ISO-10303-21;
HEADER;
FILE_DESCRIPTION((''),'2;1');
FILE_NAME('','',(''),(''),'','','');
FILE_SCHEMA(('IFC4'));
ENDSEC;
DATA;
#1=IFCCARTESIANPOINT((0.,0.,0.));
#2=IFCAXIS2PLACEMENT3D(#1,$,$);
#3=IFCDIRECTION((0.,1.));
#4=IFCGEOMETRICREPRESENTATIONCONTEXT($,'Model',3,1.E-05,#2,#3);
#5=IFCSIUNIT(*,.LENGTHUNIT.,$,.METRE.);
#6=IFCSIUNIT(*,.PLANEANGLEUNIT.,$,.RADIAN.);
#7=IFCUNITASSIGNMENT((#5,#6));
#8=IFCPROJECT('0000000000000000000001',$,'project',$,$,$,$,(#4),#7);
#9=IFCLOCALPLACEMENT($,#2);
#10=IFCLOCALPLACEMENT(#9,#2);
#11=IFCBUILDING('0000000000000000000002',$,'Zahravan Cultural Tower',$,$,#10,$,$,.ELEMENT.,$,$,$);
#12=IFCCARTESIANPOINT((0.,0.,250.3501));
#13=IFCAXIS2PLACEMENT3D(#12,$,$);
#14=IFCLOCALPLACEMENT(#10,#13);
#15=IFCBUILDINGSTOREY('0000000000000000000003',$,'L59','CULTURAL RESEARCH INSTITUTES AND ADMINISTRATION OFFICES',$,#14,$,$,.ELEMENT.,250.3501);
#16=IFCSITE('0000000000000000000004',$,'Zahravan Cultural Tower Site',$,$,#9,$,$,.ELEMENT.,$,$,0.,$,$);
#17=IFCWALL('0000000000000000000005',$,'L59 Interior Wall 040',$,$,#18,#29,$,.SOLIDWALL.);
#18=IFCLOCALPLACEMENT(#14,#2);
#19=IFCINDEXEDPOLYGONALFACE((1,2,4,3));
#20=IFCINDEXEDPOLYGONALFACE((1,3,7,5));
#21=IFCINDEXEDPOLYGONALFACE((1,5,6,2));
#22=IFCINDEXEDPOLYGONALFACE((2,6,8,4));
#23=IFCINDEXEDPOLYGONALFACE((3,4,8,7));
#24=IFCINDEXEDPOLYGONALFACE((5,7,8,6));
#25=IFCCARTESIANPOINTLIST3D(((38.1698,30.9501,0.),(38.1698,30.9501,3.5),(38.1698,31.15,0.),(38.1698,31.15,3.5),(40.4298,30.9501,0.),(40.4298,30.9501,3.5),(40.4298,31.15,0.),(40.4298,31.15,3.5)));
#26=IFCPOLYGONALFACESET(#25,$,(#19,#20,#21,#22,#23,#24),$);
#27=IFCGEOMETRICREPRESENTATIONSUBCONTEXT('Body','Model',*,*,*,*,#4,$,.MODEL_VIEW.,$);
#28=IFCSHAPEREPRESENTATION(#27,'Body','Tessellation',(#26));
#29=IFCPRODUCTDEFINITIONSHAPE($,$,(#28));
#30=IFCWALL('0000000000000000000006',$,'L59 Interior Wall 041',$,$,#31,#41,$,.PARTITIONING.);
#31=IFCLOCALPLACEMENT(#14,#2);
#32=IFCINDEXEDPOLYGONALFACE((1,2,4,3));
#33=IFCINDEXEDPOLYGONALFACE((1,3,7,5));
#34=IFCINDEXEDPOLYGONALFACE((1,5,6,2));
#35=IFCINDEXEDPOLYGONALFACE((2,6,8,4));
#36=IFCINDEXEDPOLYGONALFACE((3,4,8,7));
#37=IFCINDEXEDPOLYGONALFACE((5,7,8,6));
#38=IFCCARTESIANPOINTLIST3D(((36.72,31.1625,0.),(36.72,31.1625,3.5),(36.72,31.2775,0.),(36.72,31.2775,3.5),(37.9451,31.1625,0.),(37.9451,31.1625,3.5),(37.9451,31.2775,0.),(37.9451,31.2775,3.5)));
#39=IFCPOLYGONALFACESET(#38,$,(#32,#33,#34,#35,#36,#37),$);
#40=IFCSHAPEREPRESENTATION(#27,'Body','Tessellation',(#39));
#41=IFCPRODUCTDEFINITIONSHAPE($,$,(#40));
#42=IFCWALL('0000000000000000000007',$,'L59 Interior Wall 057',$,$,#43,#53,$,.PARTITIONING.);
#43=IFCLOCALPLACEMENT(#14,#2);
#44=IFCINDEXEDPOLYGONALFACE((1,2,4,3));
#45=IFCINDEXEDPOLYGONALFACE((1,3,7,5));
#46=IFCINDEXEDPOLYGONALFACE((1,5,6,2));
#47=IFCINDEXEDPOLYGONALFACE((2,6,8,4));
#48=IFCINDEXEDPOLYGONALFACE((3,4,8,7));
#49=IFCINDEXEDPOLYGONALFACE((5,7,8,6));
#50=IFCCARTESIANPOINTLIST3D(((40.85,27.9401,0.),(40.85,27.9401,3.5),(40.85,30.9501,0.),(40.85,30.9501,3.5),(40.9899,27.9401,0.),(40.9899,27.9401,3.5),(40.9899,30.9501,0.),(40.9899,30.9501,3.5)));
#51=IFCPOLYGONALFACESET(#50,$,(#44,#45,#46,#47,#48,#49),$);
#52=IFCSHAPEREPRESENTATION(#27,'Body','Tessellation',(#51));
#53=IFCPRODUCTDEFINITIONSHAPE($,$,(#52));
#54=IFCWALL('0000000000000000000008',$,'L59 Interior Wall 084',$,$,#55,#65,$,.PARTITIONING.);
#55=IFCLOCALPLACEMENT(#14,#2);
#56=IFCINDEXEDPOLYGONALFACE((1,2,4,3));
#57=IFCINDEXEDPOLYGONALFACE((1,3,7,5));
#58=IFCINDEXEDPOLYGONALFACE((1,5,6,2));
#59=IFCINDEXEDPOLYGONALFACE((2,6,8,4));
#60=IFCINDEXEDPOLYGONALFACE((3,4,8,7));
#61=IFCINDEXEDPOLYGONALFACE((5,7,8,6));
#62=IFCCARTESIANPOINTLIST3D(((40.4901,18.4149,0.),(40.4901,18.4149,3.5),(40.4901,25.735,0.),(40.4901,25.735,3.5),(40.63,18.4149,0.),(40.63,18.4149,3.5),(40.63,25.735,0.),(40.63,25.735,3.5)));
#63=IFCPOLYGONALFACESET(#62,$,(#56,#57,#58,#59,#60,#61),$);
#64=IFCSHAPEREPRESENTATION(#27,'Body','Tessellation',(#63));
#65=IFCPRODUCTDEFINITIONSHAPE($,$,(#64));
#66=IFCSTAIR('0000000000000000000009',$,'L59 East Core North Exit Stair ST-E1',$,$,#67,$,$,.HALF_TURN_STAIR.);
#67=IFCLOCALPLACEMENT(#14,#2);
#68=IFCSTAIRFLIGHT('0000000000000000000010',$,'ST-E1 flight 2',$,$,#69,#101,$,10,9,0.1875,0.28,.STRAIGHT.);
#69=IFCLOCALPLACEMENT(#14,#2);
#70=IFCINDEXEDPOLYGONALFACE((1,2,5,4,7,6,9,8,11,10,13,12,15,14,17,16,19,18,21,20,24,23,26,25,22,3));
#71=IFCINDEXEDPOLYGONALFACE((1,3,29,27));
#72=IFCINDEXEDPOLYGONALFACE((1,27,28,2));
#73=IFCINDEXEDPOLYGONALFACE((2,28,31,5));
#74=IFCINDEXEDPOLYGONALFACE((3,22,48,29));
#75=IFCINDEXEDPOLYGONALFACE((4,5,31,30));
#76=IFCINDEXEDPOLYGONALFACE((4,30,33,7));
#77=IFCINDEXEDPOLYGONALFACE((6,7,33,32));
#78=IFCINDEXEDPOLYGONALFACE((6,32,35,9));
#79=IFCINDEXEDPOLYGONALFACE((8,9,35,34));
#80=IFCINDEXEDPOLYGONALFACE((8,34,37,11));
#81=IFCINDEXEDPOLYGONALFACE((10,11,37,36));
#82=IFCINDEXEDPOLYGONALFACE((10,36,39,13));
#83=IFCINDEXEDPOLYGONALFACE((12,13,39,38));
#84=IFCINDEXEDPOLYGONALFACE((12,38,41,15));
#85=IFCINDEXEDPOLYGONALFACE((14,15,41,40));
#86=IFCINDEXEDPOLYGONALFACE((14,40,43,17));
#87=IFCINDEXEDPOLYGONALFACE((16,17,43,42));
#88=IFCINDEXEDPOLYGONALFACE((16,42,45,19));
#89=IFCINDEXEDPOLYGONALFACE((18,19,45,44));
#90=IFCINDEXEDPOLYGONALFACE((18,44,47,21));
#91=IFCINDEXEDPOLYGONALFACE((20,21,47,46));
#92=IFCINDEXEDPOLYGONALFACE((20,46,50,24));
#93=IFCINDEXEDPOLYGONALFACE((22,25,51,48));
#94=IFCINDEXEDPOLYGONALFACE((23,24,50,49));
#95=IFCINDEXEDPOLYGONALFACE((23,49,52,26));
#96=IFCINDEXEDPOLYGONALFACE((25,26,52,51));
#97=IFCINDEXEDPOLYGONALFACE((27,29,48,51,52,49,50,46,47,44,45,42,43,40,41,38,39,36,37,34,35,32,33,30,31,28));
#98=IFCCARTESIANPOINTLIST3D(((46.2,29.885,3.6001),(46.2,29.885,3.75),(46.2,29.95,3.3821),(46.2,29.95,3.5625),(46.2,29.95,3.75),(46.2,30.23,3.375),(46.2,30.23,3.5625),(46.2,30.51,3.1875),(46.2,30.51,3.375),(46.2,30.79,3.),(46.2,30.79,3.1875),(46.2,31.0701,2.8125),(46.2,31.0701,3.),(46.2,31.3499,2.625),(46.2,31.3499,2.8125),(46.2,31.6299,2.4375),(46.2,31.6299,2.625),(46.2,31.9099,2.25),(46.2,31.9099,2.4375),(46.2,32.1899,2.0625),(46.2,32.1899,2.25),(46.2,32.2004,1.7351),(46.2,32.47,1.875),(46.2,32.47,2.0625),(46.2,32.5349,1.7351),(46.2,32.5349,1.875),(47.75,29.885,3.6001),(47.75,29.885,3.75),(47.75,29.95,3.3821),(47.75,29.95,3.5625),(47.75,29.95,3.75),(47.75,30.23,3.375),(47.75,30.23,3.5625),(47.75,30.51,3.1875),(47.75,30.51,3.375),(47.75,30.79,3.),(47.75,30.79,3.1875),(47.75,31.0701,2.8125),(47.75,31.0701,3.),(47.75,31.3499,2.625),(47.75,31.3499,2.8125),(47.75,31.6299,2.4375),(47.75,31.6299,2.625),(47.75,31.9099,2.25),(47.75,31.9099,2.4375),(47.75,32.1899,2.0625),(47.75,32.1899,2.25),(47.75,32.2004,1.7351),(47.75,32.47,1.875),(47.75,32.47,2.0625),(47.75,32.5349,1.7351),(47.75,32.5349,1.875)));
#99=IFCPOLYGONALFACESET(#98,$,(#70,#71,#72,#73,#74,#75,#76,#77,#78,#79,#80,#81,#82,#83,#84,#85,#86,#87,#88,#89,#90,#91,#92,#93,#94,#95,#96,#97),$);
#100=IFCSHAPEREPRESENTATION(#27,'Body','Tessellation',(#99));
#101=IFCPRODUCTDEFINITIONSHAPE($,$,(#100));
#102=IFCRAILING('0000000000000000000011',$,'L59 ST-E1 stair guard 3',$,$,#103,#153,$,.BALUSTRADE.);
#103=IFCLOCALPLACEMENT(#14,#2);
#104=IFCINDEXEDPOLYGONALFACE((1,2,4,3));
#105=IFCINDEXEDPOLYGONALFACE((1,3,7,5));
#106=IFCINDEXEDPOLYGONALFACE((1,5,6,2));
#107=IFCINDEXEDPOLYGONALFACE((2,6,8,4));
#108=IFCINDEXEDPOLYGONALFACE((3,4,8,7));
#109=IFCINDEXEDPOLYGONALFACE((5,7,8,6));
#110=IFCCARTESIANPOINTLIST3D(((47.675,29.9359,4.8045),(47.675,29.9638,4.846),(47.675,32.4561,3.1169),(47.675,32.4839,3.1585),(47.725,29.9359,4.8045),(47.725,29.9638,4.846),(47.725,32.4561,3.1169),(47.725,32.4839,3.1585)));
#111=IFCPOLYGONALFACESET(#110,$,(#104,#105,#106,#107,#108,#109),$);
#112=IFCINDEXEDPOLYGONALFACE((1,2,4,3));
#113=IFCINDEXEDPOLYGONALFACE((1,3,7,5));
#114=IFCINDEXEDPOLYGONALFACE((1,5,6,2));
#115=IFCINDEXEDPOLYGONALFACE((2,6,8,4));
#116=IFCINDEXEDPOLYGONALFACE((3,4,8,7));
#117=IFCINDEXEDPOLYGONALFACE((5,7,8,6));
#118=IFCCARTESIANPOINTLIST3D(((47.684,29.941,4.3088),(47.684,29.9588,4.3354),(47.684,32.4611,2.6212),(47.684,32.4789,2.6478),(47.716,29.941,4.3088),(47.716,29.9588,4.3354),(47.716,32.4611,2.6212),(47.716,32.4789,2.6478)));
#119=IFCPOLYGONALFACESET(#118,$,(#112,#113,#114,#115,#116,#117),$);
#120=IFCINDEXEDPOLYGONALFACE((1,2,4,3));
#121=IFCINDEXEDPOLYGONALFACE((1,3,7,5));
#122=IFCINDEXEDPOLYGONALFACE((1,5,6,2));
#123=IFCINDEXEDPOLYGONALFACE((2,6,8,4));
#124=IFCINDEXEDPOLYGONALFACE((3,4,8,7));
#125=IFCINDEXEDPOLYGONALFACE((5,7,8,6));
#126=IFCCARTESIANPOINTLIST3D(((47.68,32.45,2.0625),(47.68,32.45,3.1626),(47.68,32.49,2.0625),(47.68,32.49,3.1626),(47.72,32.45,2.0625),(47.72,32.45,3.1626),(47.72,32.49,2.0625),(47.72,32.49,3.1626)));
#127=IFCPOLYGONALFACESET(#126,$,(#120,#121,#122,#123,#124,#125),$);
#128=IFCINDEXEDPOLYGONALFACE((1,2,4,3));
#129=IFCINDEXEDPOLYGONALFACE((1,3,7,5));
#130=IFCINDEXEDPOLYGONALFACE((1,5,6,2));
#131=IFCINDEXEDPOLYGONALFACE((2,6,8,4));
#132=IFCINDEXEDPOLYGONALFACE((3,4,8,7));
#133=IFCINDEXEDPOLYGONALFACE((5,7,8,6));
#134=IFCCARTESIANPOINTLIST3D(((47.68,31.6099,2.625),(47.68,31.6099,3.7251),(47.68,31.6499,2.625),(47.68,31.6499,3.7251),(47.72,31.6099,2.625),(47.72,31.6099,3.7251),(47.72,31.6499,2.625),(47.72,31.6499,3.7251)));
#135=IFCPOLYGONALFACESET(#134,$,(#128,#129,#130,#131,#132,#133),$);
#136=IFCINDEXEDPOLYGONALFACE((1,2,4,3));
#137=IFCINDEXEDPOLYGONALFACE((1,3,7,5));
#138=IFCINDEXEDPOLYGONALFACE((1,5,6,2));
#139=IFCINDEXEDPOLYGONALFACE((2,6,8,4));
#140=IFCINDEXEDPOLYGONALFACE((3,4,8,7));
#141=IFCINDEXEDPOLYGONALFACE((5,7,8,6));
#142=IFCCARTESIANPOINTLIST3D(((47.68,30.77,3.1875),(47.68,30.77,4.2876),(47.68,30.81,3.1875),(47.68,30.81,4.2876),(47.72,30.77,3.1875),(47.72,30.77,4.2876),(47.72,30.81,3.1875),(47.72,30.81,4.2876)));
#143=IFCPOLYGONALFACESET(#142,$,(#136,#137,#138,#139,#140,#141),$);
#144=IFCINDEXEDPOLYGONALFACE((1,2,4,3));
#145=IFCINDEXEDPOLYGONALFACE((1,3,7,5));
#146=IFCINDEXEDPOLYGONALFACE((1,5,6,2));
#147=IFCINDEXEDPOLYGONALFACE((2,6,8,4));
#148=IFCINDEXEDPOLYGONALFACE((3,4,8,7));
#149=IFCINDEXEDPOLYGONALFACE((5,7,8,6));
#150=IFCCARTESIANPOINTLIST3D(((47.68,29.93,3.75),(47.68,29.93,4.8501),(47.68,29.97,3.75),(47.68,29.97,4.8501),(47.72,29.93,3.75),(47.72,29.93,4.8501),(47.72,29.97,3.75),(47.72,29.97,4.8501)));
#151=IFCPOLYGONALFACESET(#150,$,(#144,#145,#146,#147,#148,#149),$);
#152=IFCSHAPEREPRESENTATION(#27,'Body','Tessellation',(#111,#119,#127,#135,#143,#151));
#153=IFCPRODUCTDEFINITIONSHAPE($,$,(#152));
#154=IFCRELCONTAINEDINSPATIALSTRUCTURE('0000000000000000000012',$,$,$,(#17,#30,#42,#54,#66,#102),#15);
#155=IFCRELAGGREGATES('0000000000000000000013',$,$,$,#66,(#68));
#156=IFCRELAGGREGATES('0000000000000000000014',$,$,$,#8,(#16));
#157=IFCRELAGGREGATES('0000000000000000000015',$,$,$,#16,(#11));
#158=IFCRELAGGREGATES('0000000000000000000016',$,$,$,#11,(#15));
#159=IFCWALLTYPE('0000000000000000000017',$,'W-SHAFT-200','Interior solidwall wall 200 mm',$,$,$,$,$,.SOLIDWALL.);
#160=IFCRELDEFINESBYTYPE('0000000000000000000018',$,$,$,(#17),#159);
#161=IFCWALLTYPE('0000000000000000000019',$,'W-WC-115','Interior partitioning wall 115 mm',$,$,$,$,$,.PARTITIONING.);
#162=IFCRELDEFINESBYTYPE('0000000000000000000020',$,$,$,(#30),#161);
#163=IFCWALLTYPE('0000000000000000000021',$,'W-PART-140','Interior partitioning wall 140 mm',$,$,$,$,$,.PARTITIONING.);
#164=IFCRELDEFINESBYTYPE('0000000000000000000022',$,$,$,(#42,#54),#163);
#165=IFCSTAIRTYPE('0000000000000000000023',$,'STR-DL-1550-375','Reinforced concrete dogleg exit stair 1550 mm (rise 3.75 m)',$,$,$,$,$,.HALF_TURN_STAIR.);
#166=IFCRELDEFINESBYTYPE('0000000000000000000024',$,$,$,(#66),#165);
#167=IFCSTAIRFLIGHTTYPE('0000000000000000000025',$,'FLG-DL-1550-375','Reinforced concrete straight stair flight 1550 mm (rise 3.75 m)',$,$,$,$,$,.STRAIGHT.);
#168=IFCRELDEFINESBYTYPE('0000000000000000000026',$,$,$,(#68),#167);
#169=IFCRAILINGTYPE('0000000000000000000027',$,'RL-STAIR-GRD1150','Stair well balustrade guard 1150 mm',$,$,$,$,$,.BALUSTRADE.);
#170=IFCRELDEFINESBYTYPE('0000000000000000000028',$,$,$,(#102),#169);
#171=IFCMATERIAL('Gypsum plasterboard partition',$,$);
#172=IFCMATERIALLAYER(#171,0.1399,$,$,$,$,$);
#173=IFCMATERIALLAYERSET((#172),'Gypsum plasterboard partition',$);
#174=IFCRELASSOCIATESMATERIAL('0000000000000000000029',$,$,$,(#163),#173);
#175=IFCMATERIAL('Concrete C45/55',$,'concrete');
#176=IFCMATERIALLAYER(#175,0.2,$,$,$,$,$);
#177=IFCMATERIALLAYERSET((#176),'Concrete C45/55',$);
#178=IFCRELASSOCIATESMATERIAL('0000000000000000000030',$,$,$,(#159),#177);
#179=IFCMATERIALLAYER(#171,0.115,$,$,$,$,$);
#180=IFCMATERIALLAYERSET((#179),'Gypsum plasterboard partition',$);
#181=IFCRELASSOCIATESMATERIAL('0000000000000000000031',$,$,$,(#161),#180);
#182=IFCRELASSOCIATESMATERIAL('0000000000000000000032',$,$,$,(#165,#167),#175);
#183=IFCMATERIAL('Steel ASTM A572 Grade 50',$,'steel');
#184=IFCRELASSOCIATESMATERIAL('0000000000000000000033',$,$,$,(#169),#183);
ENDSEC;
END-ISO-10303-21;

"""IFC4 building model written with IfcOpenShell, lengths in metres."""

from ifc_helpers import new_model, si_unit, direction, frame, frame_2d, origin, origin_2d, place, context, subcontext, project, spatial, polyline, rectangle, outline, extrude, source, transform, mapped, material, layer, layer_set, type_object, element, aggregate, save


model = new_model("IFC4")

# Units and contexts
model_context = context("Model", 3, precision=1e-05, world=origin(), true_north=direction((0.0, 1.0)))
body_context = subcontext(model_context, "Body", "Model", "MODEL_VIEW")
ifc_project = project(units=[si_unit("LENGTHUNIT", "METRE"), si_unit("PLANEANGLEUNIT", "RADIAN")], contexts=[model_context])

# Site, building, storey
site_placement = place(None, origin())
site = spatial("IfcSite", under=ifc_project, at=site_placement, Name="Zahravan Cultural Tower Site", CompositionType="ELEMENT", RefElevation=0.0)
building_placement = place(site_placement, origin())
building = spatial("IfcBuilding", under=site, at=building_placement, Name="Zahravan Cultural Tower", CompositionType="ELEMENT")
storey_placement = place(building_placement, frame((0.0, 0.0, 250.3501)))
storey = spatial("IfcBuildingStorey", under=building, at=storey_placement, Name="L59", Description="CULTURAL RESEARCH INSTITUTES AND ADMINISTRATION OFFICES", CompositionType="ELEMENT", Elevation=250.3501)

# Shared definitions
ifc_material_1 = material(Name="Steel ASTM A572 Grade 50", Category="steel")
ifc_material_2 = material(Name="Gypsum plasterboard partition")
ifc_layer_1 = layer(ifc_material_2, 0.1399)
ifc_layer_set_1 = layer_set([ifc_layer_1], Name="Gypsum plasterboard partition")
wall_type_1 = type_object("IfcWallType", Name="W-PART-140", Description="Interior partitioning wall 140 mm", PredefinedType="PARTITIONING", material=ifc_layer_set_1)
ifc_material_3 = material(Name="Concrete C45/55", Category="concrete")
ifc_layer_2 = layer(ifc_material_3, 0.2)
ifc_layer_set_2 = layer_set([ifc_layer_2], Name="Concrete C45/55")
wall_type_2 = type_object("IfcWallType", Name="W-SHAFT-200", Description="Interior solidwall wall 200 mm", PredefinedType="SOLIDWALL", material=ifc_layer_set_2)

# Walls
shared_shape_1 = source(origin(), body_context, "Body", "SweptSolid", [
    extrude(rectangle(XDim=2.26, YDim=0.2, at=frame_2d((1.1299, 0.0))), origin(), (0.0, 0.0, 1.0), 3.5),
])
wall_1_placement = place(storey_placement, frame((38.1699, 31.05, 0.0), z_axis=(0.0, 0.0, 1.0), x_axis=(1.0, 0.0, 0.0)))
element("IfcWall", 1, at=wall_1_placement, inside=storey, type_object=wall_type_2, Name="L59 Interior Wall 040", PredefinedType="SOLIDWALL", context=body_context, shape_type="MappedRepresentation", body=[
    mapped(shared_shape_1, transform((0.0, 0.0, 0.0), x_axis=(1.0, 0.0, 0.0), y_axis=(0.0, 1.0, 0.0), z_axis=(0.0, 0.0, 1.0), scale=1.0)),
])
ifc_layer_3 = layer(ifc_material_2, 0.115)
ifc_layer_set_3 = layer_set([ifc_layer_3], Name="Gypsum plasterboard partition")
wall_type_3 = type_object("IfcWallType", Name="W-WC-115", Description="Interior partitioning wall 115 mm", PredefinedType="PARTITIONING", material=ifc_layer_set_3)
shared_shape_2 = source(origin(), body_context, "Body", "SweptSolid", [
    extrude(rectangle(XDim=1.2251, YDim=0.115, at=frame_2d((0.6125, 0.0))), origin(), (0.0, 0.0, 1.0), 3.5),
])
wall_2_placement = place(storey_placement, frame((37.9451, 31.22, 0.0), z_axis=(0.0, 0.0, 1.0), x_axis=(-1.0, 0.0, 0.0)))
element("IfcWall", 2, at=wall_2_placement, inside=storey, type_object=wall_type_3, Name="L59 Interior Wall 041", PredefinedType="PARTITIONING", context=body_context, shape_type="MappedRepresentation", body=[
    mapped(shared_shape_2, transform((0.0, 0.0, 0.0), x_axis=(1.0, 0.0, 0.0), y_axis=(0.0, 1.0, 0.0), z_axis=(0.0, 0.0, 1.0), scale=1.0)),
])
shared_shape_3 = source(origin(), body_context, "Body", "SweptSolid", [
    extrude(rectangle(XDim=3.01, YDim=0.1399, at=frame_2d((1.5049, 0.0))), origin(), (0.0, 0.0, 1.0), 3.5),
])
wall_3_placement = place(storey_placement, frame((40.9199, 30.95, 0.0), z_axis=(0.0, 0.0, 1.0), x_axis=(0.0, -1.0, 0.0)))
element("IfcWall", 3, at=wall_3_placement, inside=storey, type_object=wall_type_1, Name="L59 Interior Wall 057", PredefinedType="PARTITIONING", context=body_context, shape_type="MappedRepresentation", body=[
    mapped(shared_shape_3, transform((0.0, 0.0, 0.0), x_axis=(1.0, 0.0, 0.0), y_axis=(0.0, 1.0, 0.0), z_axis=(0.0, 0.0, 1.0), scale=1.0)),
])
shared_shape_4 = source(origin(), body_context, "Body", "SweptSolid", [
    extrude(rectangle(XDim=7.3201, YDim=0.1399, at=frame_2d((3.6602, 0.0))), origin(), (0.0, 0.0, 1.0), 3.5),
])
wall_4_placement = place(storey_placement, frame((40.5601, 25.7351, 0.0), z_axis=(0.0, 0.0, 1.0), x_axis=(0.0, -1.0, 0.0)))
element("IfcWall", 4, at=wall_4_placement, inside=storey, type_object=wall_type_1, Name="L59 Interior Wall 084", PredefinedType="PARTITIONING", context=body_context, shape_type="MappedRepresentation", body=[
    mapped(shared_shape_4, transform((0.0, 0.0, 0.0), x_axis=(1.0, 0.0, 0.0), y_axis=(0.0, 1.0, 0.0), z_axis=(0.0, 0.0, 1.0), scale=1.0)),
])

# Stair, stair flight
stair_type = type_object("IfcStairType", Name="STR-DL-1550-375", Description="Reinforced concrete dogleg exit stair 1550 mm (rise 3.75 m)", PredefinedType="HALF_TURN_STAIR", material=ifc_material_3)
stair_placement = place(storey_placement, origin())
stair = element("IfcStair", 5, at=stair_placement, inside=storey, type_object=stair_type, Name="L59 East Core North Exit Stair ST-E1", PredefinedType="HALF_TURN_STAIR")
stair_flight_type = type_object("IfcStairFlightType", Name="FLG-DL-1550-375", Description="Reinforced concrete straight stair flight 1550 mm (rise 3.75 m)", PredefinedType="STRAIGHT", material=ifc_material_3)
stair_flight_placement = place(storey_placement, frame((46.9751, 32.47, 1.875), z_axis=(0.0, 0.0, 1.0), x_axis=(0.0, -1.0, 0.0)))
stair_flight = element("IfcStairFlight", 6, at=stair_flight_placement, type_object=stair_flight_type, Name="ST-E1 flight 2", NumberOfRisers=10, NumberOfTreads=9, PredefinedType="STRAIGHT", RiserHeight=0.1875, TreadLength=0.28, context=body_context, shape_type="SweptSolid", body=[
    extrude(outline(polyline([(-0.0649, -0.1399), (-0.0649, 0.0), (0.0, 0.0), (0.0, 0.1875), (0.28, 0.1875), (0.28, 0.375), (0.5601, 0.375), (0.5601, 0.5625), (0.8401, 0.5625), (0.8401, 0.75), (1.1201, 0.75), (1.1201, 0.9375), (1.3999, 0.9375), (1.3999, 1.125), (1.6799, 1.125), (1.6799, 1.3125), (1.96, 1.3125), (1.96, 1.5), (2.24, 1.5), (2.24, 1.6875), (2.52, 1.6875), (2.52, 1.875), (2.585, 1.875), (2.585, 1.7251), (2.52, 1.5071), (0.2695, -0.1399), (-0.0649, -0.1399)])), frame((0.0, 0.7749, 0.0), z_axis=(0.0, -1.0, 0.0), x_axis=(1.0, 0.0, 0.0)), (0.0, 0.0, 1.0), 1.55),
])
aggregate(stair, [stair_flight])

# Railing
railing_type_1 = type_object("IfcRailingType", Name="RL-STAIR-GRD1150", Description="Stair well balustrade guard 1150 mm", PredefinedType="BALUSTRADE", material=ifc_material_1)
railing_1_placement = place(storey_placement, frame((47.7, 32.47, 2.0625)))
element("IfcRailing", 7, at=railing_1_placement, inside=storey, type_object=railing_type_1, Name="L59 ST-E1 stair guard 3", PredefinedType="BALUSTRADE", context=body_context, shape_type="SweptSolid", body=[
    extrude(rectangle(XDim=0.05, YDim=0.05, at=origin_2d()), frame((0.0, 0.0, 1.0752), z_axis=(0.0, -0.830909, 0.556408), x_axis=(1.0, 0.0, 0.0)), (0.0, 0.0, 1.0), 3.033),
    extrude(rectangle(XDim=0.032, YDim=0.032, at=origin_2d()), frame((0.0, 0.0, 0.572), z_axis=(0.0, -0.830909, 0.556408), x_axis=(1.0, 0.0, 0.0)), (0.0, 0.0, 1.0), 3.033),
    extrude(rectangle(XDim=0.04, YDim=0.04, at=origin_2d()), origin(), (0.0, 0.0, 1.0), 1.1001),
    extrude(rectangle(XDim=0.04, YDim=0.04, at=origin_2d()), frame((0.0, -0.8401, 0.5625)), (0.0, 0.0, 1.0), 1.1001),
    extrude(rectangle(XDim=0.04, YDim=0.04, at=origin_2d()), frame((0.0, -1.6799, 1.125)), (0.0, 0.0, 1.0), 1.1001),
    extrude(rectangle(XDim=0.04, YDim=0.04, at=origin_2d()), frame((0.0, -2.52, 1.6875)), (0.0, 0.0, 1.0), 1.1001),
])

save(model, "model.ifc")
